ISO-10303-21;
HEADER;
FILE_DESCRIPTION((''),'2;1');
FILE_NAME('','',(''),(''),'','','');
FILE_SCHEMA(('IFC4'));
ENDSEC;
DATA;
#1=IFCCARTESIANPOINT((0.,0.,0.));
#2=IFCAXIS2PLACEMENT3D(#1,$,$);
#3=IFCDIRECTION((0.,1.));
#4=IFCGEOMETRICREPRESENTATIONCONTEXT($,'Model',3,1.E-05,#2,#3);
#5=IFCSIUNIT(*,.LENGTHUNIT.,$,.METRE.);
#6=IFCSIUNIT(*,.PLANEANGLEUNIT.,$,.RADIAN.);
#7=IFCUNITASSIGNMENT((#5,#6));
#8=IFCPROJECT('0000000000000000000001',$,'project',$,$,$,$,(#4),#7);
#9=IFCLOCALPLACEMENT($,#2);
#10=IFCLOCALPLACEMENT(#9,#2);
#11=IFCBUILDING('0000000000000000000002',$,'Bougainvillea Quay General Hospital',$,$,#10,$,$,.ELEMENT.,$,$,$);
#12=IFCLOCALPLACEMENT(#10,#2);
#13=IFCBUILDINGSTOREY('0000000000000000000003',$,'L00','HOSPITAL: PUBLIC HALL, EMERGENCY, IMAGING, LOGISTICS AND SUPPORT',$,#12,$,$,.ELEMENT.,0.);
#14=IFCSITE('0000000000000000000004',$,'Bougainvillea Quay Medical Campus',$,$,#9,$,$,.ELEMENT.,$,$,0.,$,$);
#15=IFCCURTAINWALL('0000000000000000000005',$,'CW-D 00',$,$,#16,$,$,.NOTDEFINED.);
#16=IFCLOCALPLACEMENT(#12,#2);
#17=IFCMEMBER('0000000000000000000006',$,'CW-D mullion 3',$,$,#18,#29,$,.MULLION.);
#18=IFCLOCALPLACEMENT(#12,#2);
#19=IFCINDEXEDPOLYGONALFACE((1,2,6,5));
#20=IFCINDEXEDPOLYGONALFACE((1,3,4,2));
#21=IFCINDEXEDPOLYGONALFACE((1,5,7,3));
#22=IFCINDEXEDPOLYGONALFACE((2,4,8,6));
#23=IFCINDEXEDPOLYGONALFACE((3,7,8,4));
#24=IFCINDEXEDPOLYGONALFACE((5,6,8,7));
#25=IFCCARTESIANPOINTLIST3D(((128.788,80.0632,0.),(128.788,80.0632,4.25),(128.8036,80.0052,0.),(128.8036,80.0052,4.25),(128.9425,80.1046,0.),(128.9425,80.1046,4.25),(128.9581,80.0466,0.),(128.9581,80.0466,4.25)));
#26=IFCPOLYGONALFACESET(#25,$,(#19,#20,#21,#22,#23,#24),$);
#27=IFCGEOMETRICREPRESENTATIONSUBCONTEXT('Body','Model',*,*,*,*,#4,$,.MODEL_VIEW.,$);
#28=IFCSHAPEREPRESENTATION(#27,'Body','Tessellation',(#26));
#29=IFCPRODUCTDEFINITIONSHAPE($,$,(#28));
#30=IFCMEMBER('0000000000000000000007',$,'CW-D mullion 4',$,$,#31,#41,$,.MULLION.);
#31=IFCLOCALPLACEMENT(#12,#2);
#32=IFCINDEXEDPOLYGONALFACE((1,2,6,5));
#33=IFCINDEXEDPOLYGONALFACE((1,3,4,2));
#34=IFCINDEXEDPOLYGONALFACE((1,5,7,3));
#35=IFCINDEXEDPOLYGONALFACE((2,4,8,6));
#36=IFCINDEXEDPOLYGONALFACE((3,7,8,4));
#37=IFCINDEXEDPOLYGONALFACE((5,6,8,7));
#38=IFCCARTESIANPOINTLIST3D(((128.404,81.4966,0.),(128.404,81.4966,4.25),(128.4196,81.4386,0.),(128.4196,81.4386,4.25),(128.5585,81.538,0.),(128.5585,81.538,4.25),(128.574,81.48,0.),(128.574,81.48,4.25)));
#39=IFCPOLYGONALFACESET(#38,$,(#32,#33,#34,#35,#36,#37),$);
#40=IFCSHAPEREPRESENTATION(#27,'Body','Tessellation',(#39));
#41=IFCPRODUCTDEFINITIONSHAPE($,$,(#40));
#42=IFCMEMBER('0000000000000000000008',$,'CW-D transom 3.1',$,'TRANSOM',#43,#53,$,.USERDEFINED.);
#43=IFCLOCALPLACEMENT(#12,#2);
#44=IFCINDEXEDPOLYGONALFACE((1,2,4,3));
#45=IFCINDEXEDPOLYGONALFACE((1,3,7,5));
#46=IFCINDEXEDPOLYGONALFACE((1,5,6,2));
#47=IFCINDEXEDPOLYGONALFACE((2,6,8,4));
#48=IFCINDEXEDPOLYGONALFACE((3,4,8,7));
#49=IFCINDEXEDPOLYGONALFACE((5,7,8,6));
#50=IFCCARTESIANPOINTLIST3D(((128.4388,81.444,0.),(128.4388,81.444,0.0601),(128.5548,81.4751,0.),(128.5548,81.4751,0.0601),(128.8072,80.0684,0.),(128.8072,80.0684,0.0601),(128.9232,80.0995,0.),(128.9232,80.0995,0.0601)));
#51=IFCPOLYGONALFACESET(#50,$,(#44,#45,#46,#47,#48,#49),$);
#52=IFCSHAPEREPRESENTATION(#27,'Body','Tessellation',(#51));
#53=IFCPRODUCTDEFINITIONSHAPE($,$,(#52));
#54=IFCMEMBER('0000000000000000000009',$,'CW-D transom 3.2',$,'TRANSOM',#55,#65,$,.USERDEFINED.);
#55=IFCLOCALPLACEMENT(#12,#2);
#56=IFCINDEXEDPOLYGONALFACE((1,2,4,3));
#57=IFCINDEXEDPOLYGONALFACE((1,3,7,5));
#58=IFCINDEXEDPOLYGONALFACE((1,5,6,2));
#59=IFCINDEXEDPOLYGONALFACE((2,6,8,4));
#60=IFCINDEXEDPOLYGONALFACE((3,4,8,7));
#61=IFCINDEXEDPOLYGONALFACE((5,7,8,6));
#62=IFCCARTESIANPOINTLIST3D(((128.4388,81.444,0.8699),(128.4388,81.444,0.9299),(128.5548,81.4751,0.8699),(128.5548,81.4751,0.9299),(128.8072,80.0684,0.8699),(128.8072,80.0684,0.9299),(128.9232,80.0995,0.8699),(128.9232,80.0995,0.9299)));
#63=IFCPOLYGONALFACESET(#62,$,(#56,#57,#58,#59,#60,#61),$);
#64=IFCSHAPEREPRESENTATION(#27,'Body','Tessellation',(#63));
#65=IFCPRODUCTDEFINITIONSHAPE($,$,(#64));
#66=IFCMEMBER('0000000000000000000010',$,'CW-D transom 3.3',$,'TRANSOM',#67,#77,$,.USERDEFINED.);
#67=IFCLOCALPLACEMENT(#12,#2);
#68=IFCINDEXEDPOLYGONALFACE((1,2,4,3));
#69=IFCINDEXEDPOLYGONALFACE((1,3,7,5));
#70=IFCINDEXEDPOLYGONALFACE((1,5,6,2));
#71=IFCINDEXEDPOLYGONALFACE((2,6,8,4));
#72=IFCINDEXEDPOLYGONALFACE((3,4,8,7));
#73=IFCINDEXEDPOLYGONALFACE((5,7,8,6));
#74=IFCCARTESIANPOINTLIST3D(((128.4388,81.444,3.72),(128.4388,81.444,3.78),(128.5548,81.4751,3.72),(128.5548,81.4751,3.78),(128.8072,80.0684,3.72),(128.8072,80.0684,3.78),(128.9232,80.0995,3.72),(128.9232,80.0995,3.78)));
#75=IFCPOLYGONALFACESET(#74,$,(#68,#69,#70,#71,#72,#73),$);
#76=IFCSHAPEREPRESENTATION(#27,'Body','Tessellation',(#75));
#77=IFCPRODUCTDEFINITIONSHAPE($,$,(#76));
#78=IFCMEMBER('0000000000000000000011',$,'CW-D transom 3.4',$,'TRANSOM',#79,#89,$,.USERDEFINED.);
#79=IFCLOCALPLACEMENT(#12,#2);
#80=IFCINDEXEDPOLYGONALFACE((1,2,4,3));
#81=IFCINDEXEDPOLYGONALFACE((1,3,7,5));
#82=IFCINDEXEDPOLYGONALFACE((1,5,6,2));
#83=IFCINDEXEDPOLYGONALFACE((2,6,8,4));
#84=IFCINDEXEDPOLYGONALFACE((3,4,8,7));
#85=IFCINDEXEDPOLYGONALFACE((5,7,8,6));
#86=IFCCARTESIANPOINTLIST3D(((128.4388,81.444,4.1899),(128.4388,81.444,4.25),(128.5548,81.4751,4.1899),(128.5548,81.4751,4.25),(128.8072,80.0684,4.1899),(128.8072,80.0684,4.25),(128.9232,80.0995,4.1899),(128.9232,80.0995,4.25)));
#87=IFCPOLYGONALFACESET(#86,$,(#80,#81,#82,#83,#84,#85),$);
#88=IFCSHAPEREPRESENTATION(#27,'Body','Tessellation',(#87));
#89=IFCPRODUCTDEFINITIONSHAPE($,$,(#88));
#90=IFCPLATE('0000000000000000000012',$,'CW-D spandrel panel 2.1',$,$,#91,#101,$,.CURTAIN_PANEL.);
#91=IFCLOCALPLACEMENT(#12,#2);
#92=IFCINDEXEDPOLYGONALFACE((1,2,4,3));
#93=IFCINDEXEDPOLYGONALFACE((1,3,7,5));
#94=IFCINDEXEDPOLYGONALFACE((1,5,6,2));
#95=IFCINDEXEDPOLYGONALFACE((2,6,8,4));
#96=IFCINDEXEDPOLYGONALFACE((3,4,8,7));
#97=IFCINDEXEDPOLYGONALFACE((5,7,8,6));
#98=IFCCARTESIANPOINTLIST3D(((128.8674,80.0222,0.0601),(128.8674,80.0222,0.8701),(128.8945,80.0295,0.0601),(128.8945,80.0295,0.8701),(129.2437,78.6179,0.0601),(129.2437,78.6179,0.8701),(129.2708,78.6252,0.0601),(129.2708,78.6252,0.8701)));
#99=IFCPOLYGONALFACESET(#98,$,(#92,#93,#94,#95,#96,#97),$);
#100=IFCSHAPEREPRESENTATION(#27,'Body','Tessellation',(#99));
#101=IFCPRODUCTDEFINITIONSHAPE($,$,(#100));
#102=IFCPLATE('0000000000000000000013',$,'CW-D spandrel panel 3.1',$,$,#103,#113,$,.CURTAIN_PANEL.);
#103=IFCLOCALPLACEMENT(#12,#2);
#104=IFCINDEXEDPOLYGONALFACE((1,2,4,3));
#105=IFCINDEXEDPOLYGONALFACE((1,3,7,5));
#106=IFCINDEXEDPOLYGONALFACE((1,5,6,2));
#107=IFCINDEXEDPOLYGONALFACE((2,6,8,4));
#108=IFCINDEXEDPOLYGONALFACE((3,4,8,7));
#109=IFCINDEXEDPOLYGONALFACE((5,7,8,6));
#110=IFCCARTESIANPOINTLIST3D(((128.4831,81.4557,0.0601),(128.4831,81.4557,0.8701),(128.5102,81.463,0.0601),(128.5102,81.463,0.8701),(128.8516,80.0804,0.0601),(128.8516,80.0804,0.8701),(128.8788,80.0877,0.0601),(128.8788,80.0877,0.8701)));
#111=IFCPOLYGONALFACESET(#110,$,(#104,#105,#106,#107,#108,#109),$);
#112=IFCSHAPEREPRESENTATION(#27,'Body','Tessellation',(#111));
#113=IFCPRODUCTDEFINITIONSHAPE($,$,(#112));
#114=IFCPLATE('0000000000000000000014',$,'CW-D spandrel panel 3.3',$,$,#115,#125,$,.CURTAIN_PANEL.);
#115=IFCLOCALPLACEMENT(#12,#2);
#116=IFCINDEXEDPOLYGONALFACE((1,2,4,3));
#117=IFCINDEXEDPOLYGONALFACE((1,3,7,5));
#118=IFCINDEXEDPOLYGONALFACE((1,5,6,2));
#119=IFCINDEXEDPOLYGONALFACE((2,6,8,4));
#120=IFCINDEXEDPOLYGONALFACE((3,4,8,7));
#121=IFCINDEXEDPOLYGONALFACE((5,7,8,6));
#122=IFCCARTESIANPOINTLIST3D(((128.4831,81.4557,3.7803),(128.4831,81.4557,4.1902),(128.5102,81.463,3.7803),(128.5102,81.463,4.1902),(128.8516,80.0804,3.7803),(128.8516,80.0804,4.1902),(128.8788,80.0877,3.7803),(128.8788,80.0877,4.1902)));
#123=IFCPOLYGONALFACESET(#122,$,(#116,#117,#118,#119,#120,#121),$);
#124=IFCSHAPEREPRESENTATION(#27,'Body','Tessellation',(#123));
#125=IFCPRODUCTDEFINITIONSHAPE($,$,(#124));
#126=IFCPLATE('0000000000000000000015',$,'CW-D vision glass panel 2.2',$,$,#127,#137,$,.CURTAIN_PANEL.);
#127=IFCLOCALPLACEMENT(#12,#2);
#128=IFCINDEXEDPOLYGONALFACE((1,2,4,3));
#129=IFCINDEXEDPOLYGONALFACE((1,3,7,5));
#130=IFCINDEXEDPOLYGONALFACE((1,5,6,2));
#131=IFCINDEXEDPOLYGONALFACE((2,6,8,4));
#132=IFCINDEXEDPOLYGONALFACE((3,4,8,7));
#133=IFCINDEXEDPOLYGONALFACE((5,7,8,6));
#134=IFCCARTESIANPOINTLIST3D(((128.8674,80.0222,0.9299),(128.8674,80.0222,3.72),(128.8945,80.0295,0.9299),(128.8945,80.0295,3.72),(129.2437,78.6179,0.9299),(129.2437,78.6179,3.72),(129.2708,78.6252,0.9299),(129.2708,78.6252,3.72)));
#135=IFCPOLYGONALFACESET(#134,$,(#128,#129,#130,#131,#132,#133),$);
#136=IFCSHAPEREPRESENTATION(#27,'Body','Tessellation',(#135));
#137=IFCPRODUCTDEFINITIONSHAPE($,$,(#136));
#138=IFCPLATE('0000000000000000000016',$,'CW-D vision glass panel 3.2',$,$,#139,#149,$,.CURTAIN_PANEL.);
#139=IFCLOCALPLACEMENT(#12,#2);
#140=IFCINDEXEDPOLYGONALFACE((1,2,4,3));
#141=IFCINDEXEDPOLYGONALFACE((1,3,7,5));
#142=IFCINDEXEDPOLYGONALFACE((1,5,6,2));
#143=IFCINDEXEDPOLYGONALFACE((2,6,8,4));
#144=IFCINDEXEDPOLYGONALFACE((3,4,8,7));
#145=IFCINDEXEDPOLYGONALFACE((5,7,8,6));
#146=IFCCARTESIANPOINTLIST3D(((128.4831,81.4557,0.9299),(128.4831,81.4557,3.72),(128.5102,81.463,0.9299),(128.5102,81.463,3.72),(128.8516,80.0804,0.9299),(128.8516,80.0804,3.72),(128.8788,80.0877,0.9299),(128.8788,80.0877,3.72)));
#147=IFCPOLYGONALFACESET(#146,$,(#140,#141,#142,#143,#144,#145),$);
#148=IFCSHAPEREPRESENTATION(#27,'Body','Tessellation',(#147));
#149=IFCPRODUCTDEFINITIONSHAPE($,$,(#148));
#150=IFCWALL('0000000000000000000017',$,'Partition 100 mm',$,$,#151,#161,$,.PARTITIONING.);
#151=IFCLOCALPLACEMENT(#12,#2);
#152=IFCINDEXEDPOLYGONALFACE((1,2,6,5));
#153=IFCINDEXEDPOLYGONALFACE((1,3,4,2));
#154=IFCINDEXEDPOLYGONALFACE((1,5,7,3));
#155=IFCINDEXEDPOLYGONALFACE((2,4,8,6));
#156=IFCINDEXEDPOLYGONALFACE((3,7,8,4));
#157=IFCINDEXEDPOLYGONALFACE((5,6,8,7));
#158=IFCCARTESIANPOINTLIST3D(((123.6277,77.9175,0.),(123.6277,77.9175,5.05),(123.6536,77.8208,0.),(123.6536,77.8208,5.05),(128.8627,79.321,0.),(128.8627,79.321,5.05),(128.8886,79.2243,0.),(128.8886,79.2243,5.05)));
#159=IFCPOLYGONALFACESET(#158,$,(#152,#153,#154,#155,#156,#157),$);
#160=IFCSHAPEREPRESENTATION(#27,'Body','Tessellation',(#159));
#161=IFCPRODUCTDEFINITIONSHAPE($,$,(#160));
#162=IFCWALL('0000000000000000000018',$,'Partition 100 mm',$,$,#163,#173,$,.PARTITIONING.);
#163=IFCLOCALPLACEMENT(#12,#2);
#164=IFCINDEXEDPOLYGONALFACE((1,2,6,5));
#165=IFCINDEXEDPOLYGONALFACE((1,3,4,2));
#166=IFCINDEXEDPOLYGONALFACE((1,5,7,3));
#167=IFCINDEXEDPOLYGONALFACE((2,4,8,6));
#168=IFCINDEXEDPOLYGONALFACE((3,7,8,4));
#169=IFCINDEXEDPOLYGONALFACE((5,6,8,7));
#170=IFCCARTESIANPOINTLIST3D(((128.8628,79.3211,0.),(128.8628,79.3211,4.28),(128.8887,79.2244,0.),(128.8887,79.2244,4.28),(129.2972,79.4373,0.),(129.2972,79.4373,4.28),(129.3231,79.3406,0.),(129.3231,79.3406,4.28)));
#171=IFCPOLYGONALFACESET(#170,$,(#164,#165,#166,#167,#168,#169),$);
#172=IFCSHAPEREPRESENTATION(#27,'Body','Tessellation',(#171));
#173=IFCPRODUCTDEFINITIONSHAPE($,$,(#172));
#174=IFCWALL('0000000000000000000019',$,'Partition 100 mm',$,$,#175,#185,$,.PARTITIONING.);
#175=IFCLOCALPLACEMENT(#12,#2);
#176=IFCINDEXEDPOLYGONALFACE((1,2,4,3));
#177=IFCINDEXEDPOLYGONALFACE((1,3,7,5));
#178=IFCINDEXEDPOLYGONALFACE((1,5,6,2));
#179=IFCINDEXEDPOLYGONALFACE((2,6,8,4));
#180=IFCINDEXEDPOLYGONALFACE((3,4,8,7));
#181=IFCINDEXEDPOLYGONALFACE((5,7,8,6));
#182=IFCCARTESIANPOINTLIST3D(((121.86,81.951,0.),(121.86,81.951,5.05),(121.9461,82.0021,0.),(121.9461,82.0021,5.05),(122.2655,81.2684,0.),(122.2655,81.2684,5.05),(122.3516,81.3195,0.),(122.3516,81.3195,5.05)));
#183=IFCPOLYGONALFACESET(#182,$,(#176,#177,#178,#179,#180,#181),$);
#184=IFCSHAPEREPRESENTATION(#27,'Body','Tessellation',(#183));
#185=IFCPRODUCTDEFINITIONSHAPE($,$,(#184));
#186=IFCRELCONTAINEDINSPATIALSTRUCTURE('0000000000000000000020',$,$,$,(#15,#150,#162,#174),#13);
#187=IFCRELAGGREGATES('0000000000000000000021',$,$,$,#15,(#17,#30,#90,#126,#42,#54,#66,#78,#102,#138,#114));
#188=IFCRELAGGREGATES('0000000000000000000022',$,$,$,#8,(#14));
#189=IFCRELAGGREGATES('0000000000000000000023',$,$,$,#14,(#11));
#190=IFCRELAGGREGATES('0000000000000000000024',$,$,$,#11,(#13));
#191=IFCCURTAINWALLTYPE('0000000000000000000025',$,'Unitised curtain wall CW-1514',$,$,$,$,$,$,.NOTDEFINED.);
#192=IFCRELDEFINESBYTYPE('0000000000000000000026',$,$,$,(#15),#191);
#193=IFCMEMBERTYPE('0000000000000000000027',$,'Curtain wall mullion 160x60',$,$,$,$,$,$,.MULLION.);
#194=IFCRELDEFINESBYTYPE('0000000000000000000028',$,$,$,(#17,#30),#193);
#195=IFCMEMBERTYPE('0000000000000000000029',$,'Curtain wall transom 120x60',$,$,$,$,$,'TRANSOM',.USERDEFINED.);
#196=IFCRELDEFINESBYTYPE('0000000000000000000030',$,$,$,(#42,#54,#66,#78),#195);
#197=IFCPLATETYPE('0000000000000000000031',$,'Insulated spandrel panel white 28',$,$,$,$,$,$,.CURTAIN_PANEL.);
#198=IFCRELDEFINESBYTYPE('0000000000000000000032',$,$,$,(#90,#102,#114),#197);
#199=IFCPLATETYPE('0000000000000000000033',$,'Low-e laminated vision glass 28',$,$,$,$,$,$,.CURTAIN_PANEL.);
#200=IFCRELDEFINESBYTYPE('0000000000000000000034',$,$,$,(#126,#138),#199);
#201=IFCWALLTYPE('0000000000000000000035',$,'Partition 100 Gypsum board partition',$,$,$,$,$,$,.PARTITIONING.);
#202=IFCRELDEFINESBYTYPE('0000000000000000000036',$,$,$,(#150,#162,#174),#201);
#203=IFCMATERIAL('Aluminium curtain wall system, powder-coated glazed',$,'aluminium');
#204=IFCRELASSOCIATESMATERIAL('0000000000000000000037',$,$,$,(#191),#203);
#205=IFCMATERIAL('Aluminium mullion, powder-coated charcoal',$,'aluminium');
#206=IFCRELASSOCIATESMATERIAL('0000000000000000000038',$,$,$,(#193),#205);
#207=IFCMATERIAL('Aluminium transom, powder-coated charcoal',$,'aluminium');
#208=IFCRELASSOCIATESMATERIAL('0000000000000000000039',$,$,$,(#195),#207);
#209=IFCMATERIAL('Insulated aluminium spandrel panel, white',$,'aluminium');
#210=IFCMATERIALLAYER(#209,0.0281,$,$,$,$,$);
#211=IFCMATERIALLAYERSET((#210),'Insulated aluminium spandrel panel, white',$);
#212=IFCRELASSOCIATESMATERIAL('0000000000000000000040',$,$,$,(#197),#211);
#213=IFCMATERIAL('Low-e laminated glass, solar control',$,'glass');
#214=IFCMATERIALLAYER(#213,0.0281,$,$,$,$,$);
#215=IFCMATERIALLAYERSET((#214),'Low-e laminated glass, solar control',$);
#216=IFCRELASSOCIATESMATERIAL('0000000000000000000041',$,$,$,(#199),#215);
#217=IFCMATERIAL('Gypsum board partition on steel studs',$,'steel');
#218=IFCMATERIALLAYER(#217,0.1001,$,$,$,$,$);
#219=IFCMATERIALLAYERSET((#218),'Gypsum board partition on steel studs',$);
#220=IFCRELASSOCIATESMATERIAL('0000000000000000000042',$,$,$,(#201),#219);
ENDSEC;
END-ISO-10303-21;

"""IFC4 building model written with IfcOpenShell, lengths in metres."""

from ifc_helpers import new_model, si_unit, direction, frame, frame_2d, origin, origin_2d, place, context, subcontext, project, spatial, rectangle, extrude, material, layer, layer_set, material_profile, profile_set, type_object, element, aggregate, save


model = new_model("IFC4")

# Units and contexts
model_context = context("Model", 3, precision=1e-05, world=origin(), true_north=direction((0.0, 1.0)))
body_context = subcontext(model_context, "Body", "Model", "MODEL_VIEW")
ifc_project = project(units=[si_unit("LENGTHUNIT", "METRE"), si_unit("PLANEANGLEUNIT", "RADIAN")], contexts=[model_context])

# Site, building, storey
site_placement = place(None, origin())
site = spatial("IfcSite", under=ifc_project, at=site_placement, Name="Bougainvillea Quay Medical Campus", CompositionType="ELEMENT", RefElevation=0.0)
building_placement = place(site_placement, origin())
building = spatial("IfcBuilding", under=site, at=building_placement, Name="Bougainvillea Quay General Hospital", CompositionType="ELEMENT")
storey_placement = place(building_placement, origin())
storey = spatial("IfcBuildingStorey", under=building, at=storey_placement, Name="L00", Description="HOSPITAL: PUBLIC HALL, EMERGENCY, IMAGING, LOGISTICS AND SUPPORT", CompositionType="ELEMENT", Elevation=0.0)

# Curtain wall, members, plates
ifc_material_1 = material(Name="Aluminium curtain wall system, powder-coated glazed", Category="aluminium")
curtain_wall_type = type_object("IfcCurtainWallType", Name="Unitised curtain wall CW-1514", PredefinedType="NOTDEFINED", material=ifc_material_1)
curtain_wall_placement = place(storey_placement, origin())
curtain_wall = element("IfcCurtainWall", 1, at=curtain_wall_placement, inside=storey, type_object=curtain_wall_type, Name="CW-D 00", PredefinedType="NOTDEFINED")
ifc_material_2 = material(Name="Aluminium mullion, powder-coated charcoal", Category="aluminium")
ifc_material_profile_1 = material_profile(ifc_material_2, rectangle(XDim=0.1599, YDim=0.0601, at=origin_2d()))
ifc_profile_set_1 = profile_set([ifc_material_profile_1], Name="Aluminium mullion, powder-coated charcoal")
member_type_1 = type_object("IfcMemberType", Name="Curtain wall mullion 160x60", PredefinedType="MULLION", material=ifc_profile_set_1)
member_1_placement = place(storey_placement, frame((128.873, 80.0549, 0.0), z_axis=(0.0, 0.0, 1.0), x_axis=(-0.965916, -0.258855, 0.0)))
member_1 = element("IfcMember", 2, at=member_1_placement, type_object=member_type_1, Name="CW-D mullion 3", PredefinedType="MULLION", context=body_context, shape_type="SweptSolid", body=[
    extrude(rectangle(XDim=0.1599, YDim=0.0601, at=origin_2d()), origin(), (0.0, 0.0, 1.0), 4.25),
])
member_2_placement = place(storey_placement, frame((128.489, 81.4883, 0.0), z_axis=(0.0, 0.0, 1.0), x_axis=(-0.965916, -0.258855, 0.0)))
member_2 = element("IfcMember", 3, at=member_2_placement, type_object=member_type_1, Name="CW-D mullion 4", PredefinedType="MULLION", context=body_context, shape_type="SweptSolid", body=[
    extrude(rectangle(XDim=0.1599, YDim=0.0601, at=origin_2d()), origin(), (0.0, 0.0, 1.0), 4.25),
])
ifc_material_3 = material(Name="Aluminium transom, powder-coated charcoal", Category="aluminium")
ifc_material_profile_2 = material_profile(ifc_material_3, rectangle(XDim=0.1201, YDim=0.0601, at=origin_2d()))
ifc_profile_set_2 = profile_set([ifc_material_profile_2], Name="Aluminium transom, powder-coated charcoal")
member_type_2 = type_object("IfcMemberType", Name="Curtain wall transom 120x60", ElementType="TRANSOM", PredefinedType="USERDEFINED", material=ifc_profile_set_2)
member_3_placement = place(storey_placement, frame((128.8652, 80.084, 0.03), z_axis=(-0.258719, 0.965953, 0.0), x_axis=(-0.965953, -0.258719, 0.0)))
member_3 = element("IfcMember", 4, at=member_3_placement, type_object=member_type_2, Name="CW-D transom 3.1", ObjectType="TRANSOM", PredefinedType="USERDEFINED", context=body_context, shape_type="SweptSolid", body=[
    extrude(rectangle(XDim=0.1201, YDim=0.0601, at=origin_2d()), origin(), (0.0, 0.0, 1.0), 1.4241),
])
member_4_placement = place(storey_placement, frame((128.8652, 80.084, 0.8999), z_axis=(-0.258719, 0.965953, 0.0), x_axis=(-0.965953, -0.258719, 0.0)))
member_4 = element("IfcMember", 5, at=member_4_placement, type_object=member_type_2, Name="CW-D transom 3.2", ObjectType="TRANSOM", PredefinedType="USERDEFINED", context=body_context, shape_type="SweptSolid", body=[
    extrude(rectangle(XDim=0.1201, YDim=0.0601, at=origin_2d()), origin(), (0.0, 0.0, 1.0), 1.4241),
])
member_5_placement = place(storey_placement, frame((128.8652, 80.084, 3.75), z_axis=(-0.258719, 0.965953, 0.0), x_axis=(-0.965953, -0.258719, 0.0)))
member_5 = element("IfcMember", 6, at=member_5_placement, type_object=member_type_2, Name="CW-D transom 3.3", ObjectType="TRANSOM", PredefinedType="USERDEFINED", context=body_context, shape_type="SweptSolid", body=[
    extrude(rectangle(XDim=0.1201, YDim=0.0601, at=origin_2d()), origin(), (0.0, 0.0, 1.0), 1.4241),
])
member_6_placement = place(storey_placement, frame((128.8652, 80.084, 4.22), z_axis=(-0.258719, 0.965953, 0.0), x_axis=(-0.965953, -0.258719, 0.0)))
member_6 = element("IfcMember", 7, at=member_6_placement, type_object=member_type_2, Name="CW-D transom 3.4", ObjectType="TRANSOM", PredefinedType="USERDEFINED", context=body_context, shape_type="SweptSolid", body=[
    extrude(rectangle(XDim=0.1201, YDim=0.0601, at=origin_2d()), origin(), (0.0, 0.0, 1.0), 1.4241),
])
ifc_material_4 = material(Name="Insulated aluminium spandrel panel, white", Category="aluminium")
ifc_layer_1 = layer(ifc_material_4, 0.0281)
ifc_layer_set_1 = layer_set([ifc_layer_1], Name="Insulated aluminium spandrel panel, white")
plate_type_1 = type_object("IfcPlateType", Name="Insulated spandrel panel white 28", PredefinedType="CURTAIN_PANEL", material=ifc_layer_set_1)
plate_1_placement = place(storey_placement, frame((129.0691, 79.3237, 0.0601), z_axis=(0.0, 0.0, 1.0), x_axis=(-0.258855, 0.965916, 0.0)))
plate_1 = element("IfcPlate", 8, at=plate_1_placement, type_object=plate_type_1, Name="CW-D spandrel panel 2.1", PredefinedType="CURTAIN_PANEL", context=body_context, shape_type="SweptSolid", body=[
    extrude(rectangle(XDim=1.4539, YDim=0.0281, at=origin_2d()), origin(), (0.0, 0.0, 1.0), 0.8101),
])
plate_2_placement = place(storey_placement, frame((128.6809, 80.7717, 0.0601), z_axis=(0.0, 0.0, 1.0), x_axis=(-0.258855, 0.965916, 0.0)))
plate_2 = element("IfcPlate", 9, at=plate_2_placement, type_object=plate_type_1, Name="CW-D spandrel panel 3.1", PredefinedType="CURTAIN_PANEL", context=body_context, shape_type="SweptSolid", body=[
    extrude(rectangle(XDim=1.4238, YDim=0.0281, at=origin_2d()), origin(), (0.0, 0.0, 1.0), 0.8101),
])
plate_3_placement = place(storey_placement, frame((128.6809, 80.7717, 3.7803), z_axis=(0.0, 0.0, 1.0), x_axis=(-0.258855, 0.965916, 0.0)))
plate_3 = element("IfcPlate", 10, at=plate_3_placement, type_object=plate_type_1, Name="CW-D spandrel panel 3.3", PredefinedType="CURTAIN_PANEL", context=body_context, shape_type="SweptSolid", body=[
    extrude(rectangle(XDim=1.4238, YDim=0.0281, at=origin_2d()), origin(), (0.0, 0.0, 1.0), 0.4099),
])
ifc_material_5 = material(Name="Low-e laminated glass, solar control", Category="glass")
ifc_layer_2 = layer(ifc_material_5, 0.0281)
ifc_layer_set_2 = layer_set([ifc_layer_2], Name="Low-e laminated glass, solar control")
plate_type_2 = type_object("IfcPlateType", Name="Low-e laminated vision glass 28", PredefinedType="CURTAIN_PANEL", material=ifc_layer_set_2)
plate_4_placement = place(storey_placement, frame((129.0691, 79.3237, 0.9299), z_axis=(0.0, 0.0, 1.0), x_axis=(-0.258855, 0.965916, 0.0)))
plate_4 = element("IfcPlate", 11, at=plate_4_placement, type_object=plate_type_2, Name="CW-D vision glass panel 2.2", PredefinedType="CURTAIN_PANEL", context=body_context, shape_type="SweptSolid", body=[
    extrude(rectangle(XDim=1.4539, YDim=0.0281, at=origin_2d()), origin(), (0.0, 0.0, 1.0), 2.79),
])
plate_5_placement = place(storey_placement, frame((128.6809, 80.7717, 0.9299), z_axis=(0.0, 0.0, 1.0), x_axis=(-0.258855, 0.965916, 0.0)))
plate_5 = element("IfcPlate", 12, at=plate_5_placement, type_object=plate_type_2, Name="CW-D vision glass panel 3.2", PredefinedType="CURTAIN_PANEL", context=body_context, shape_type="SweptSolid", body=[
    extrude(rectangle(XDim=1.4238, YDim=0.0281, at=origin_2d()), origin(), (0.0, 0.0, 1.0), 2.79),
])
aggregate(curtain_wall, [member_1, member_2, plate_1, plate_4, member_3, member_4, member_5, member_6, plate_2, plate_5, plate_3])

# Walls
ifc_material_6 = material(Name="Gypsum board partition on steel studs", Category="steel")
ifc_layer_3 = layer(ifc_material_6, 0.1001)
ifc_layer_set_3 = layer_set([ifc_layer_3], Name="Gypsum board partition on steel studs")
wall_type_1 = type_object("IfcWallType", Name="Partition 100 Gypsum board partition", PredefinedType="PARTITIONING", material=ifc_layer_set_3)
wall_1_placement = place(storey_placement, frame((123.6406, 77.8691, 0.0), z_axis=(0.0, 0.0, 1.0), x_axis=(0.965888, 0.25896, 0.0)))
element("IfcWall", 13, at=wall_1_placement, inside=storey, type_object=wall_type_1, Name="Partition 100 mm", PredefinedType="PARTITIONING", context=body_context, shape_type="SweptSolid", body=[
    extrude(rectangle(XDim=5.4199, YDim=0.1001, at=frame_2d((2.71, 0.0))), origin(), (0.0, 0.0, 1.0), 5.05),
])
wall_2_placement = place(storey_placement, frame((128.8757, 79.2727, 0.0), z_axis=(0.0, 0.0, 1.0), x_axis=(0.966018, 0.258474, 0.0)))
element("IfcWall", 14, at=wall_2_placement, inside=storey, type_object=wall_type_1, Name="Partition 100 mm", PredefinedType="PARTITIONING", context=body_context, shape_type="SweptSolid", body=[
    extrude(rectangle(XDim=0.4497, YDim=0.1001, at=frame_2d((0.2249, 0.0))), origin(), (0.0, 0.0, 1.0), 4.28),
])
wall_3_placement = place(storey_placement, frame((121.9031, 81.9766, 0.0), z_axis=(0.0, 0.0, 1.0), x_axis=(0.510738, -0.859737, 0.0)))
element("IfcWall", 15, at=wall_3_placement, inside=storey, type_object=wall_type_1, Name="Partition 100 mm", PredefinedType="PARTITIONING", context=body_context, shape_type="SweptSolid", body=[
    extrude(rectangle(XDim=0.7939, YDim=0.1001, at=frame_2d((0.397, 0.0))), origin(), (0.0, 0.0, 1.0), 5.05),
])

save(model, "model.ifc")
